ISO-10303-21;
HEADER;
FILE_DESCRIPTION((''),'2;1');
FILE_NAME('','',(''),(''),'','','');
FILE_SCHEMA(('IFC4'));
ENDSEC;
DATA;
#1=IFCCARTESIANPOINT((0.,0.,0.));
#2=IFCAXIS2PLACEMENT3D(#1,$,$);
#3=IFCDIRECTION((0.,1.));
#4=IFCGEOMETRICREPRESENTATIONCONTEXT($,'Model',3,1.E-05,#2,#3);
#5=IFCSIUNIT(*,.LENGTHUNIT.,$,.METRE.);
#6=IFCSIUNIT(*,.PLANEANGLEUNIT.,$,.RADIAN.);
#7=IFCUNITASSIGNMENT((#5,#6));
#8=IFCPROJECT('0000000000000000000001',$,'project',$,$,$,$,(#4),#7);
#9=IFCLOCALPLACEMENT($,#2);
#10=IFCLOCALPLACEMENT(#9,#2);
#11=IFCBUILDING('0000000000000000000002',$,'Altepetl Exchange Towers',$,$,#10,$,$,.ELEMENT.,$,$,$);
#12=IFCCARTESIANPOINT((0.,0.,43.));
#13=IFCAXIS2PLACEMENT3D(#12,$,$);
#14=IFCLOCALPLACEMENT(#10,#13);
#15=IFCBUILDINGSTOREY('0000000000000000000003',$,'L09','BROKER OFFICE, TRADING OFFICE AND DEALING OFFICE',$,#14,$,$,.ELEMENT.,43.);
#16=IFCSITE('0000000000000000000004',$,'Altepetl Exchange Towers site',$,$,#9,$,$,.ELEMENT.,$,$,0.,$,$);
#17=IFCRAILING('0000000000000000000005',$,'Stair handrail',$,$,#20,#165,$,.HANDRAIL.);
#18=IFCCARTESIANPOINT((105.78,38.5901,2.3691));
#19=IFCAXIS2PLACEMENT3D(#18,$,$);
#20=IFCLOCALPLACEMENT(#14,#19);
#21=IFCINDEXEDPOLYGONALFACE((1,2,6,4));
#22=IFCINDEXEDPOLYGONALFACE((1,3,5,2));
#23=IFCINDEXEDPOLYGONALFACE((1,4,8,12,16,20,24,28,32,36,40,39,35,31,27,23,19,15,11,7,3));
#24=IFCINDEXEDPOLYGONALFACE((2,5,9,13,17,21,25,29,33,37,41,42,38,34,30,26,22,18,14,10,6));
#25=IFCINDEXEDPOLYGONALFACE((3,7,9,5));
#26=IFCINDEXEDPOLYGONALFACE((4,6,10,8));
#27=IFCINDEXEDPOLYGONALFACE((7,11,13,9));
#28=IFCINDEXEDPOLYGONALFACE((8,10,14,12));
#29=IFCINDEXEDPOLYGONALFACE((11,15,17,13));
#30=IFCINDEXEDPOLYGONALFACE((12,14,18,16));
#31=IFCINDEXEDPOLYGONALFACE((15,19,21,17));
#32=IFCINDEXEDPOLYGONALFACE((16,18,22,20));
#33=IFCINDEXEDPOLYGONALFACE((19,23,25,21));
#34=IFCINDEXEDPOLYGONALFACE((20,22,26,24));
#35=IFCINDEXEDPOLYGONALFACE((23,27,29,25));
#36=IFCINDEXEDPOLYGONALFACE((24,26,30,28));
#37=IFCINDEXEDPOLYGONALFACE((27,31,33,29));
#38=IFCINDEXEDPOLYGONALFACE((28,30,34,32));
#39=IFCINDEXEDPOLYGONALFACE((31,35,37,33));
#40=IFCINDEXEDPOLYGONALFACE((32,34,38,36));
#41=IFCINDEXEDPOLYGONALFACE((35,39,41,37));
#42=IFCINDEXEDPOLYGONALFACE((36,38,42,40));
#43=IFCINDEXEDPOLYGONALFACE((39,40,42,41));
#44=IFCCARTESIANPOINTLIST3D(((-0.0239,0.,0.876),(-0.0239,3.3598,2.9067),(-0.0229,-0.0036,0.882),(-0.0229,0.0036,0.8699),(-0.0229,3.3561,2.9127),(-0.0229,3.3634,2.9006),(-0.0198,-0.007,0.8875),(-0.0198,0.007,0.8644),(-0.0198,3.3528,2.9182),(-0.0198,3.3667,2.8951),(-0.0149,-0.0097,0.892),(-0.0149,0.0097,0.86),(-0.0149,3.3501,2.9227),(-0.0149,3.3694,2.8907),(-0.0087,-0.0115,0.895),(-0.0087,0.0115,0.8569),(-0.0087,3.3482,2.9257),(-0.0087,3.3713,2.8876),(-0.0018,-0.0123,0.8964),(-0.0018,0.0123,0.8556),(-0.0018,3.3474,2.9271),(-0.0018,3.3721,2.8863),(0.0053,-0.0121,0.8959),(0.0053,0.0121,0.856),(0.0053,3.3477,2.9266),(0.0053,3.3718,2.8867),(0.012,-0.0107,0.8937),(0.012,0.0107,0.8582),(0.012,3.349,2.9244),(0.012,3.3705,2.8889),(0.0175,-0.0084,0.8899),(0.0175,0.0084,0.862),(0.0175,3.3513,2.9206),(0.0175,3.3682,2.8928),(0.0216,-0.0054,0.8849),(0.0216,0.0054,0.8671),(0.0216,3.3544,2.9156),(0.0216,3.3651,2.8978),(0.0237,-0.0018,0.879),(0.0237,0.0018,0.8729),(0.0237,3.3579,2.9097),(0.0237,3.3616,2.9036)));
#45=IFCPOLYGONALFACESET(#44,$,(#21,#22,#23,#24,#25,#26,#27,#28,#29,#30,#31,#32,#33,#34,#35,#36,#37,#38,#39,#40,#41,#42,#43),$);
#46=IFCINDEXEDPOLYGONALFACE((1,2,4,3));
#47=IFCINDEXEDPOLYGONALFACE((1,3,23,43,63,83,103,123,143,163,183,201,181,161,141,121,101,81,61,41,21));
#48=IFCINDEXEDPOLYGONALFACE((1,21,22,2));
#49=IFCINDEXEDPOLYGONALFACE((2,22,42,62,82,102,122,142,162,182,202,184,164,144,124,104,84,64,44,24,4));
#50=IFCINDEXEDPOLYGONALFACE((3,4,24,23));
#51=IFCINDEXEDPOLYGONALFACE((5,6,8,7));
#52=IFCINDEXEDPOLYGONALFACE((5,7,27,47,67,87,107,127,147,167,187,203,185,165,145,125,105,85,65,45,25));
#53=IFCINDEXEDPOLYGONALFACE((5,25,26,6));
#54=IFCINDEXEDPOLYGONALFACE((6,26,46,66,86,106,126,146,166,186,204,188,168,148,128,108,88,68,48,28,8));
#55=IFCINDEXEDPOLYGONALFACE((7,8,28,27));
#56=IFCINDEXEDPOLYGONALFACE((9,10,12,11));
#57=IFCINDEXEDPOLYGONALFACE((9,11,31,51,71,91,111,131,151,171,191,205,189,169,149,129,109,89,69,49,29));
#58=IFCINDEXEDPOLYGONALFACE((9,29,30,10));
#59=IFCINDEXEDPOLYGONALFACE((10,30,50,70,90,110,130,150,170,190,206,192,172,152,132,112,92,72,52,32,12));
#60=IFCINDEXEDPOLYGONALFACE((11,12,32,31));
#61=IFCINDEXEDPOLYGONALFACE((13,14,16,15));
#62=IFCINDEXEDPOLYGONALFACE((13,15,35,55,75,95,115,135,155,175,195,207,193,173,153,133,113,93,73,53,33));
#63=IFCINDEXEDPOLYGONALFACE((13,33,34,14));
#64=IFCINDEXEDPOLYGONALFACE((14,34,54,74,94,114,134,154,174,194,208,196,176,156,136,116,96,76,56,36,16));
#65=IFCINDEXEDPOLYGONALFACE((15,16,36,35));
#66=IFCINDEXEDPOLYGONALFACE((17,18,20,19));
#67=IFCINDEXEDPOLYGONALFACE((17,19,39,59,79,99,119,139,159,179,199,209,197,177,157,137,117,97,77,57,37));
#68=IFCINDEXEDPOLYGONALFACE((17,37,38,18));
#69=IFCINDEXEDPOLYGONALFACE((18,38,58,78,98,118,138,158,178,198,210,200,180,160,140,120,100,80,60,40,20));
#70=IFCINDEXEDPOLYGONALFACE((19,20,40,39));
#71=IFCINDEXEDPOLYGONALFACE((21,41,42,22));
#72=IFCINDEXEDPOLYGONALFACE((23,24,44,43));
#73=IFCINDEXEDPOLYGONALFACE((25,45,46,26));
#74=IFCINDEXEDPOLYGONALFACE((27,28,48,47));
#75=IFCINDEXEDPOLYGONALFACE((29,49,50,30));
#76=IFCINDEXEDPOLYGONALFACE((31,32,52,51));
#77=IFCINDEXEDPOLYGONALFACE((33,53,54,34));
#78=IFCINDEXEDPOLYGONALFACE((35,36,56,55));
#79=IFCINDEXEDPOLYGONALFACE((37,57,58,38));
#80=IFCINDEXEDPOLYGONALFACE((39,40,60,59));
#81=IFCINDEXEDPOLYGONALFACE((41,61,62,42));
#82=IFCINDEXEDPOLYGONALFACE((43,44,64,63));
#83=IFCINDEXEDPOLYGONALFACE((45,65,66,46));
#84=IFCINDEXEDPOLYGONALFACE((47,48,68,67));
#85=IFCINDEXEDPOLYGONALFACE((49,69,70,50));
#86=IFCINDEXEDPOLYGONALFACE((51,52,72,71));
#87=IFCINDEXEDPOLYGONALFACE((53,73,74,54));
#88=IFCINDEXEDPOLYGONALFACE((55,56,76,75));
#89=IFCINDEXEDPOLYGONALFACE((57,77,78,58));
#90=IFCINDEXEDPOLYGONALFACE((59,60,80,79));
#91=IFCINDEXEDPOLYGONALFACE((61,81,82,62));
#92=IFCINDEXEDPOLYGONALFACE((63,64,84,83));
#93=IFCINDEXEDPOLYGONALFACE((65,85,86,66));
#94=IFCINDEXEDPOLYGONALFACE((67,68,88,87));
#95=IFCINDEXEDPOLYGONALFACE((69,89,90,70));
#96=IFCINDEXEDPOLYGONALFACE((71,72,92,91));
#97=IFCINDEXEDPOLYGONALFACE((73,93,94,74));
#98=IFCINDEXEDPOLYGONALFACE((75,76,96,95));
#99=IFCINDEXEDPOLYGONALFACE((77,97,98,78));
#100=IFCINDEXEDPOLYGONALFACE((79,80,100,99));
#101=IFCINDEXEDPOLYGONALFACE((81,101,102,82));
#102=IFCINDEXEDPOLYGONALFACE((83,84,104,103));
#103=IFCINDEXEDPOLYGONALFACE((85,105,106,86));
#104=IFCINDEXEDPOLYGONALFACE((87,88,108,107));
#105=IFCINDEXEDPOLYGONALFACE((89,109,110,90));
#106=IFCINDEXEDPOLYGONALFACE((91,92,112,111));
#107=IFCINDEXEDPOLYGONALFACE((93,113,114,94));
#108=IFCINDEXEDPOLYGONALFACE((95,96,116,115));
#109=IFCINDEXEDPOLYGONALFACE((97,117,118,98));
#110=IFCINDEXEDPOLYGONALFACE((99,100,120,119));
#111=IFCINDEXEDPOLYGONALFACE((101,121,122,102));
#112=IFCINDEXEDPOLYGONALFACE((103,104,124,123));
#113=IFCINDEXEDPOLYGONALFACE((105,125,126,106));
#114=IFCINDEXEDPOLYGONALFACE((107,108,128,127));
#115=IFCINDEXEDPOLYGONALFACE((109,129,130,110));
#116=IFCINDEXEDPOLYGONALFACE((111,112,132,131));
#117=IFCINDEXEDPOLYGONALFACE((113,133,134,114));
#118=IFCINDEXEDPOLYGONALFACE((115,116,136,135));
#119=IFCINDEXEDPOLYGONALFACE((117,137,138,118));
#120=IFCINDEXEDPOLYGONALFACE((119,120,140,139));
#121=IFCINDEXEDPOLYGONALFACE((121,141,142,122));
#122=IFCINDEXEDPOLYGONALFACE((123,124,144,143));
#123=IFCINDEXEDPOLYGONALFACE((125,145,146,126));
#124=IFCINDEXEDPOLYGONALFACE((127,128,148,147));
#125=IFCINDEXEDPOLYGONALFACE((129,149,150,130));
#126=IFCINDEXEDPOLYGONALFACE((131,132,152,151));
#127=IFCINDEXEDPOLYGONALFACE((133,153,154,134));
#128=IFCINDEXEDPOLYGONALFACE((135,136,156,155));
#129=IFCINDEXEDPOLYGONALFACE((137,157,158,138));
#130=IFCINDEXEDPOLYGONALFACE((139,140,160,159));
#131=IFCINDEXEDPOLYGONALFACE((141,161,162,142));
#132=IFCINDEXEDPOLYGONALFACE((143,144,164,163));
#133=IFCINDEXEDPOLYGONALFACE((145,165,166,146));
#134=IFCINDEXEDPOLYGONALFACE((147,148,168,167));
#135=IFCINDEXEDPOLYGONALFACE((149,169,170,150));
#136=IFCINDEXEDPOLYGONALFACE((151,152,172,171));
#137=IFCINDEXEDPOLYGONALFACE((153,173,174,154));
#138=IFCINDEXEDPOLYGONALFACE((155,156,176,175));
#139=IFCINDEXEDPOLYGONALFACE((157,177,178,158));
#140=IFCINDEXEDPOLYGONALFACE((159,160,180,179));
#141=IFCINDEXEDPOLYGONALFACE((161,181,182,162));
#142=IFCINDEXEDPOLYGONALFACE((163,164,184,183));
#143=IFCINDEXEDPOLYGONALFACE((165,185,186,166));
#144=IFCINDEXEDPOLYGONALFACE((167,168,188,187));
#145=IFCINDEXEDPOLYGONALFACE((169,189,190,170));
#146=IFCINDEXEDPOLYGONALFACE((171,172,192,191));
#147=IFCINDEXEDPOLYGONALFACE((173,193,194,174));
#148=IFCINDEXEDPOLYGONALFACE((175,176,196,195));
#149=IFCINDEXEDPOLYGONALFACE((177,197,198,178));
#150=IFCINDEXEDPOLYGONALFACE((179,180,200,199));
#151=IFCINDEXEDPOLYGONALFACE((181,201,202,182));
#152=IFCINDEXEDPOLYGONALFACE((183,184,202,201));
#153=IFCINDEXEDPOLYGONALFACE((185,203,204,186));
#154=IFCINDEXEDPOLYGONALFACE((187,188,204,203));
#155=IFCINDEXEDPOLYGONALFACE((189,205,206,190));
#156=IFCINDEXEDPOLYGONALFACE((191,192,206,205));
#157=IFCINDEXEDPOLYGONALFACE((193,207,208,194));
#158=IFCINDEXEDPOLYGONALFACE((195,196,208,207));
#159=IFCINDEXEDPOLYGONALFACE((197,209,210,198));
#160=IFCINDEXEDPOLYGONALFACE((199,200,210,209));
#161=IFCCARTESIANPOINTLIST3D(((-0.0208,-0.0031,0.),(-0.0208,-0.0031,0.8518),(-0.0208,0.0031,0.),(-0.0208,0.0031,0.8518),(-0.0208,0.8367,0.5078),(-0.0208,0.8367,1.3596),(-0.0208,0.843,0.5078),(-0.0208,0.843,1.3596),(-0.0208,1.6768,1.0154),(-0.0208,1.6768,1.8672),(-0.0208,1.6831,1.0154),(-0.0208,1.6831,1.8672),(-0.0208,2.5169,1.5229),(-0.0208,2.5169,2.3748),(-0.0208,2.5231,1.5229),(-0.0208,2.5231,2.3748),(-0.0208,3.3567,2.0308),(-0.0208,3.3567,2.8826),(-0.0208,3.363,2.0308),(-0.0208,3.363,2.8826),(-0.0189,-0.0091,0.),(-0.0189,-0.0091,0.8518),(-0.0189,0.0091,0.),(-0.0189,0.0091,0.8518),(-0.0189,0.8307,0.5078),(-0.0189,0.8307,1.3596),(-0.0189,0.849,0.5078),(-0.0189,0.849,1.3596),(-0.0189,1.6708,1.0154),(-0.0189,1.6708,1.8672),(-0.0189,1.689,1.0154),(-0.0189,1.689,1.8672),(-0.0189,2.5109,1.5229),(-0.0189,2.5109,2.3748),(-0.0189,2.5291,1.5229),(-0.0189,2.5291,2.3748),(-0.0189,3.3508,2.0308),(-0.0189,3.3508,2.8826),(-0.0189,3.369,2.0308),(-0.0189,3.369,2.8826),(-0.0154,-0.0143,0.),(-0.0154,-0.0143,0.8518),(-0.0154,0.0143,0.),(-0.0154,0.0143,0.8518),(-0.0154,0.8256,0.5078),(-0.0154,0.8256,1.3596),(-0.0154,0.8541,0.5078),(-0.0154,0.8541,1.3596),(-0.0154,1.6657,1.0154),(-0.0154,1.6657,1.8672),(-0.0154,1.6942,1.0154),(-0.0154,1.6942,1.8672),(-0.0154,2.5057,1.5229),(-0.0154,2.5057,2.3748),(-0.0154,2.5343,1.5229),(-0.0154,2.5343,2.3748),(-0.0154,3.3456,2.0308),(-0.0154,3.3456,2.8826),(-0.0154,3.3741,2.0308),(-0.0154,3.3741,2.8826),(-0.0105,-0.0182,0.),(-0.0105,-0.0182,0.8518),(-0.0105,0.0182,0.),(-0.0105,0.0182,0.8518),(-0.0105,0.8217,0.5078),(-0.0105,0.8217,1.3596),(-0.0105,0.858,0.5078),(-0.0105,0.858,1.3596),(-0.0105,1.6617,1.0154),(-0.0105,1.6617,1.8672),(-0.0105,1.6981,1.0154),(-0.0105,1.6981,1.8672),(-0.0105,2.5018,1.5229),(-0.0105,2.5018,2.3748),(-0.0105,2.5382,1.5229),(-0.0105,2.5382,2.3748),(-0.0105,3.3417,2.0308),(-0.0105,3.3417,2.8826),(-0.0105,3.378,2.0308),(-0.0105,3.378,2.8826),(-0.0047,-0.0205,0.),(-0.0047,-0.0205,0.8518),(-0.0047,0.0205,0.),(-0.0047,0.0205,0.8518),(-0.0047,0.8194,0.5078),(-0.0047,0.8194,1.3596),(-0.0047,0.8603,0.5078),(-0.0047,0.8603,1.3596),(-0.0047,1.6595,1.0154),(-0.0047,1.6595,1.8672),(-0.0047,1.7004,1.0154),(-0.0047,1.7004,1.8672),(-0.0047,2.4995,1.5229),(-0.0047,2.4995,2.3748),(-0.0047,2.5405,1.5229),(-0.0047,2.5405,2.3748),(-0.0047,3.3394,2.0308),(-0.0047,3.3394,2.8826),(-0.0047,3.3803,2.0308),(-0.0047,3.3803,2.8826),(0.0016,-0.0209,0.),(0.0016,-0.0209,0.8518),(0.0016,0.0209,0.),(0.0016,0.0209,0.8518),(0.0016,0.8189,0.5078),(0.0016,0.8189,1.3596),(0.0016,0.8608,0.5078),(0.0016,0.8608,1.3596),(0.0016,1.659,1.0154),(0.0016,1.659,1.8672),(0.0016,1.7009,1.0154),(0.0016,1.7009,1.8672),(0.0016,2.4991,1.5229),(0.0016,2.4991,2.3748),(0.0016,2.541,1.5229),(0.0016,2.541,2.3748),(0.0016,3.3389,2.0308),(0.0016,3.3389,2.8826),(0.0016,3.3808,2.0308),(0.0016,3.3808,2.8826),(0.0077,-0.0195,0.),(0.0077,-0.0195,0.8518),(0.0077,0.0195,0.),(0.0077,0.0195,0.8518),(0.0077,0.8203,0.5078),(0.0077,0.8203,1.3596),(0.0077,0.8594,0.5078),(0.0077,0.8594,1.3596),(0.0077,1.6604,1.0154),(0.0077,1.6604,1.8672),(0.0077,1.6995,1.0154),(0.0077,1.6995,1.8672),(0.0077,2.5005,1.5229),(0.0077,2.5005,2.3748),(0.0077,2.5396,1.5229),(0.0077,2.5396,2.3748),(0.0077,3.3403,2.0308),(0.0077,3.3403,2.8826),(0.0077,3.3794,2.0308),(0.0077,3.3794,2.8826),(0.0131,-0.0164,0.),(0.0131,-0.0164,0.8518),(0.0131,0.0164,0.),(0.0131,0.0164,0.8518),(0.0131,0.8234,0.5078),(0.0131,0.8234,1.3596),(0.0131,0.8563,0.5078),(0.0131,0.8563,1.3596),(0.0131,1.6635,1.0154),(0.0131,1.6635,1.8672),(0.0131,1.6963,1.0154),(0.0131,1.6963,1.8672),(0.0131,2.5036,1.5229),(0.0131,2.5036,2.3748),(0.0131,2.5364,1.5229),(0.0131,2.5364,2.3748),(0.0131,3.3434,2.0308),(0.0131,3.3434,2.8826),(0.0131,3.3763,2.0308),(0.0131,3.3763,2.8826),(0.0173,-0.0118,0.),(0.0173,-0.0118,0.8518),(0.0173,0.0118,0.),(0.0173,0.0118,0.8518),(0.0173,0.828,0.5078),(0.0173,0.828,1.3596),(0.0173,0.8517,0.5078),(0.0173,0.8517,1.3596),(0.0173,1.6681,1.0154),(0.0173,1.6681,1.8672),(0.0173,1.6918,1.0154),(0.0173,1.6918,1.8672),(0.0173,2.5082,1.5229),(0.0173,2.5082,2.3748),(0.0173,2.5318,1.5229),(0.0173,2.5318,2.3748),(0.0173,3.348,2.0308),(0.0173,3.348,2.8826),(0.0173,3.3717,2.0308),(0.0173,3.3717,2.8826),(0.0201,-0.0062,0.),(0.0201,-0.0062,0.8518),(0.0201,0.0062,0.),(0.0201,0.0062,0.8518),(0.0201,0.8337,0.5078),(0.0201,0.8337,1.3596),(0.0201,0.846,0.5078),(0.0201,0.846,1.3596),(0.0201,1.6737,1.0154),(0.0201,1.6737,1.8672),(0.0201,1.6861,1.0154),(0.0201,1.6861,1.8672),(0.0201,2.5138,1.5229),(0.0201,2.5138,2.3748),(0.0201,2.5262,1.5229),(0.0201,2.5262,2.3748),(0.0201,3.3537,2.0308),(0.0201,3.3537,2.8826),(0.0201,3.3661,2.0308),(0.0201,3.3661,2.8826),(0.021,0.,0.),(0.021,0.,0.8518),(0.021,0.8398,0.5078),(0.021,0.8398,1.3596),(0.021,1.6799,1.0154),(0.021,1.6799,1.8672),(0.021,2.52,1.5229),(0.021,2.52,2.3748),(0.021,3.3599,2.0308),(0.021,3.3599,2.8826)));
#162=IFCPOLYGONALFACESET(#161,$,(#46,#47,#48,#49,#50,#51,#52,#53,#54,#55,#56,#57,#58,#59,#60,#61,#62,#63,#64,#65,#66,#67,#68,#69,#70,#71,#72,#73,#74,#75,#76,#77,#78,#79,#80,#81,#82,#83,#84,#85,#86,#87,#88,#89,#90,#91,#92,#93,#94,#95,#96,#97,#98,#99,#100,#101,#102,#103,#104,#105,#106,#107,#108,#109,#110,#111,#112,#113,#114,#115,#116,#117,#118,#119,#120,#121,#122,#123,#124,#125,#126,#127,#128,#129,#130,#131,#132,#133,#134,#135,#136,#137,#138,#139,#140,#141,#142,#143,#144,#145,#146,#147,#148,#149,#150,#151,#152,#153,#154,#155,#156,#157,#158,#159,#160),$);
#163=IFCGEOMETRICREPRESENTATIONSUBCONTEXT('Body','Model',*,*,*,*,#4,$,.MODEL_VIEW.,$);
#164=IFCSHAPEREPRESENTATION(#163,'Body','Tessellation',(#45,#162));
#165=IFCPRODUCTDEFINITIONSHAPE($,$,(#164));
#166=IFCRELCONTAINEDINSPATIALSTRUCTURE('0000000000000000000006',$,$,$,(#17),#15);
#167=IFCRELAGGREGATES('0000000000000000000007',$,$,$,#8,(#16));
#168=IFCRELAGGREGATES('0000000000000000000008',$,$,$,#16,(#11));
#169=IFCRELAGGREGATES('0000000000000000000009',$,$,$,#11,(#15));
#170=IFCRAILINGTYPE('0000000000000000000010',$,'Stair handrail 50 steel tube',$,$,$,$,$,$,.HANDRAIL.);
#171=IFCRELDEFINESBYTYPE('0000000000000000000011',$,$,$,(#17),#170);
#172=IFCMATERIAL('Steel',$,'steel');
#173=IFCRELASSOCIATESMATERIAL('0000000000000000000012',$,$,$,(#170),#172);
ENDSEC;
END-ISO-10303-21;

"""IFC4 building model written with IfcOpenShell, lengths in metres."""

from ifc_helpers import new_model, si_unit, direction, frame, origin, origin_2d, place, context, subcontext, project, spatial, circle, extrude, source, transform, mapped, material, type_object, element, save


model = new_model("IFC4")

# Units and contexts
model_context = context("Model", 3, precision=1e-05, world=origin(), true_north=direction((0.0, 1.0)))
body_context = subcontext(model_context, "Body", "Model", "MODEL_VIEW")
ifc_project = project(units=[si_unit("LENGTHUNIT", "METRE"), si_unit("PLANEANGLEUNIT", "RADIAN")], contexts=[model_context])

# Site, building, storey
site_placement = place(None, origin())
site = spatial("IfcSite", under=ifc_project, at=site_placement, Name="Altepetl Exchange Towers site", CompositionType="ELEMENT", RefElevation=0.0)
building_placement = place(site_placement, origin())
building = spatial("IfcBuilding", under=site, at=building_placement, Name="Altepetl Exchange Towers", CompositionType="ELEMENT")
storey_placement = place(building_placement, frame((0.0, 0.0, 43.0)))
storey = spatial("IfcBuildingStorey", under=building, at=storey_placement, Name="L09", Description="BROKER OFFICE, TRADING OFFICE AND DEALING OFFICE", CompositionType="ELEMENT", Elevation=43.0)

# Railing
ifc_material_1 = material(Name="Steel", Category="steel")
railing_type = type_object("IfcRailingType", Name="Stair handrail 50 steel tube", PredefinedType="HANDRAIL", material=ifc_material_1)
shared_shape = source(origin(), body_context, "Body", "SweptSolid", [
    extrude(circle(Radius=0.021, at=origin_2d()), origin(), (0.0, 0.0, 1.0), 0.8518),
])
railing_placement = place(storey_placement, frame((105.78, 38.5901, 2.3691)))
element("IfcRailing", 1, at=railing_placement, inside=storey, type_object=railing_type, Name="Stair handrail", PredefinedType="HANDRAIL", context=body_context, shape_type="SweptSolid", body=[
    extrude(circle(Radius=0.0239, at=origin_2d()), frame((0.0, 0.0, 0.876), z_axis=(0.0, 0.85582, 0.517273), x_axis=(-1.0, 0.0, 0.0)), (0.0, 0.0, 1.0), 3.9258),
    mapped(shared_shape, transform((0.0, 0.0, 0.0))),
    mapped(shared_shape, transform((0.0, 0.8398, 0.5078))),
    mapped(shared_shape, transform((0.0, 1.6799, 1.0154))),
    mapped(shared_shape, transform((0.0, 2.52, 1.5229))),
    mapped(shared_shape, transform((0.0, 3.3599, 2.0308))),
])

save(model, "model.ifc")
